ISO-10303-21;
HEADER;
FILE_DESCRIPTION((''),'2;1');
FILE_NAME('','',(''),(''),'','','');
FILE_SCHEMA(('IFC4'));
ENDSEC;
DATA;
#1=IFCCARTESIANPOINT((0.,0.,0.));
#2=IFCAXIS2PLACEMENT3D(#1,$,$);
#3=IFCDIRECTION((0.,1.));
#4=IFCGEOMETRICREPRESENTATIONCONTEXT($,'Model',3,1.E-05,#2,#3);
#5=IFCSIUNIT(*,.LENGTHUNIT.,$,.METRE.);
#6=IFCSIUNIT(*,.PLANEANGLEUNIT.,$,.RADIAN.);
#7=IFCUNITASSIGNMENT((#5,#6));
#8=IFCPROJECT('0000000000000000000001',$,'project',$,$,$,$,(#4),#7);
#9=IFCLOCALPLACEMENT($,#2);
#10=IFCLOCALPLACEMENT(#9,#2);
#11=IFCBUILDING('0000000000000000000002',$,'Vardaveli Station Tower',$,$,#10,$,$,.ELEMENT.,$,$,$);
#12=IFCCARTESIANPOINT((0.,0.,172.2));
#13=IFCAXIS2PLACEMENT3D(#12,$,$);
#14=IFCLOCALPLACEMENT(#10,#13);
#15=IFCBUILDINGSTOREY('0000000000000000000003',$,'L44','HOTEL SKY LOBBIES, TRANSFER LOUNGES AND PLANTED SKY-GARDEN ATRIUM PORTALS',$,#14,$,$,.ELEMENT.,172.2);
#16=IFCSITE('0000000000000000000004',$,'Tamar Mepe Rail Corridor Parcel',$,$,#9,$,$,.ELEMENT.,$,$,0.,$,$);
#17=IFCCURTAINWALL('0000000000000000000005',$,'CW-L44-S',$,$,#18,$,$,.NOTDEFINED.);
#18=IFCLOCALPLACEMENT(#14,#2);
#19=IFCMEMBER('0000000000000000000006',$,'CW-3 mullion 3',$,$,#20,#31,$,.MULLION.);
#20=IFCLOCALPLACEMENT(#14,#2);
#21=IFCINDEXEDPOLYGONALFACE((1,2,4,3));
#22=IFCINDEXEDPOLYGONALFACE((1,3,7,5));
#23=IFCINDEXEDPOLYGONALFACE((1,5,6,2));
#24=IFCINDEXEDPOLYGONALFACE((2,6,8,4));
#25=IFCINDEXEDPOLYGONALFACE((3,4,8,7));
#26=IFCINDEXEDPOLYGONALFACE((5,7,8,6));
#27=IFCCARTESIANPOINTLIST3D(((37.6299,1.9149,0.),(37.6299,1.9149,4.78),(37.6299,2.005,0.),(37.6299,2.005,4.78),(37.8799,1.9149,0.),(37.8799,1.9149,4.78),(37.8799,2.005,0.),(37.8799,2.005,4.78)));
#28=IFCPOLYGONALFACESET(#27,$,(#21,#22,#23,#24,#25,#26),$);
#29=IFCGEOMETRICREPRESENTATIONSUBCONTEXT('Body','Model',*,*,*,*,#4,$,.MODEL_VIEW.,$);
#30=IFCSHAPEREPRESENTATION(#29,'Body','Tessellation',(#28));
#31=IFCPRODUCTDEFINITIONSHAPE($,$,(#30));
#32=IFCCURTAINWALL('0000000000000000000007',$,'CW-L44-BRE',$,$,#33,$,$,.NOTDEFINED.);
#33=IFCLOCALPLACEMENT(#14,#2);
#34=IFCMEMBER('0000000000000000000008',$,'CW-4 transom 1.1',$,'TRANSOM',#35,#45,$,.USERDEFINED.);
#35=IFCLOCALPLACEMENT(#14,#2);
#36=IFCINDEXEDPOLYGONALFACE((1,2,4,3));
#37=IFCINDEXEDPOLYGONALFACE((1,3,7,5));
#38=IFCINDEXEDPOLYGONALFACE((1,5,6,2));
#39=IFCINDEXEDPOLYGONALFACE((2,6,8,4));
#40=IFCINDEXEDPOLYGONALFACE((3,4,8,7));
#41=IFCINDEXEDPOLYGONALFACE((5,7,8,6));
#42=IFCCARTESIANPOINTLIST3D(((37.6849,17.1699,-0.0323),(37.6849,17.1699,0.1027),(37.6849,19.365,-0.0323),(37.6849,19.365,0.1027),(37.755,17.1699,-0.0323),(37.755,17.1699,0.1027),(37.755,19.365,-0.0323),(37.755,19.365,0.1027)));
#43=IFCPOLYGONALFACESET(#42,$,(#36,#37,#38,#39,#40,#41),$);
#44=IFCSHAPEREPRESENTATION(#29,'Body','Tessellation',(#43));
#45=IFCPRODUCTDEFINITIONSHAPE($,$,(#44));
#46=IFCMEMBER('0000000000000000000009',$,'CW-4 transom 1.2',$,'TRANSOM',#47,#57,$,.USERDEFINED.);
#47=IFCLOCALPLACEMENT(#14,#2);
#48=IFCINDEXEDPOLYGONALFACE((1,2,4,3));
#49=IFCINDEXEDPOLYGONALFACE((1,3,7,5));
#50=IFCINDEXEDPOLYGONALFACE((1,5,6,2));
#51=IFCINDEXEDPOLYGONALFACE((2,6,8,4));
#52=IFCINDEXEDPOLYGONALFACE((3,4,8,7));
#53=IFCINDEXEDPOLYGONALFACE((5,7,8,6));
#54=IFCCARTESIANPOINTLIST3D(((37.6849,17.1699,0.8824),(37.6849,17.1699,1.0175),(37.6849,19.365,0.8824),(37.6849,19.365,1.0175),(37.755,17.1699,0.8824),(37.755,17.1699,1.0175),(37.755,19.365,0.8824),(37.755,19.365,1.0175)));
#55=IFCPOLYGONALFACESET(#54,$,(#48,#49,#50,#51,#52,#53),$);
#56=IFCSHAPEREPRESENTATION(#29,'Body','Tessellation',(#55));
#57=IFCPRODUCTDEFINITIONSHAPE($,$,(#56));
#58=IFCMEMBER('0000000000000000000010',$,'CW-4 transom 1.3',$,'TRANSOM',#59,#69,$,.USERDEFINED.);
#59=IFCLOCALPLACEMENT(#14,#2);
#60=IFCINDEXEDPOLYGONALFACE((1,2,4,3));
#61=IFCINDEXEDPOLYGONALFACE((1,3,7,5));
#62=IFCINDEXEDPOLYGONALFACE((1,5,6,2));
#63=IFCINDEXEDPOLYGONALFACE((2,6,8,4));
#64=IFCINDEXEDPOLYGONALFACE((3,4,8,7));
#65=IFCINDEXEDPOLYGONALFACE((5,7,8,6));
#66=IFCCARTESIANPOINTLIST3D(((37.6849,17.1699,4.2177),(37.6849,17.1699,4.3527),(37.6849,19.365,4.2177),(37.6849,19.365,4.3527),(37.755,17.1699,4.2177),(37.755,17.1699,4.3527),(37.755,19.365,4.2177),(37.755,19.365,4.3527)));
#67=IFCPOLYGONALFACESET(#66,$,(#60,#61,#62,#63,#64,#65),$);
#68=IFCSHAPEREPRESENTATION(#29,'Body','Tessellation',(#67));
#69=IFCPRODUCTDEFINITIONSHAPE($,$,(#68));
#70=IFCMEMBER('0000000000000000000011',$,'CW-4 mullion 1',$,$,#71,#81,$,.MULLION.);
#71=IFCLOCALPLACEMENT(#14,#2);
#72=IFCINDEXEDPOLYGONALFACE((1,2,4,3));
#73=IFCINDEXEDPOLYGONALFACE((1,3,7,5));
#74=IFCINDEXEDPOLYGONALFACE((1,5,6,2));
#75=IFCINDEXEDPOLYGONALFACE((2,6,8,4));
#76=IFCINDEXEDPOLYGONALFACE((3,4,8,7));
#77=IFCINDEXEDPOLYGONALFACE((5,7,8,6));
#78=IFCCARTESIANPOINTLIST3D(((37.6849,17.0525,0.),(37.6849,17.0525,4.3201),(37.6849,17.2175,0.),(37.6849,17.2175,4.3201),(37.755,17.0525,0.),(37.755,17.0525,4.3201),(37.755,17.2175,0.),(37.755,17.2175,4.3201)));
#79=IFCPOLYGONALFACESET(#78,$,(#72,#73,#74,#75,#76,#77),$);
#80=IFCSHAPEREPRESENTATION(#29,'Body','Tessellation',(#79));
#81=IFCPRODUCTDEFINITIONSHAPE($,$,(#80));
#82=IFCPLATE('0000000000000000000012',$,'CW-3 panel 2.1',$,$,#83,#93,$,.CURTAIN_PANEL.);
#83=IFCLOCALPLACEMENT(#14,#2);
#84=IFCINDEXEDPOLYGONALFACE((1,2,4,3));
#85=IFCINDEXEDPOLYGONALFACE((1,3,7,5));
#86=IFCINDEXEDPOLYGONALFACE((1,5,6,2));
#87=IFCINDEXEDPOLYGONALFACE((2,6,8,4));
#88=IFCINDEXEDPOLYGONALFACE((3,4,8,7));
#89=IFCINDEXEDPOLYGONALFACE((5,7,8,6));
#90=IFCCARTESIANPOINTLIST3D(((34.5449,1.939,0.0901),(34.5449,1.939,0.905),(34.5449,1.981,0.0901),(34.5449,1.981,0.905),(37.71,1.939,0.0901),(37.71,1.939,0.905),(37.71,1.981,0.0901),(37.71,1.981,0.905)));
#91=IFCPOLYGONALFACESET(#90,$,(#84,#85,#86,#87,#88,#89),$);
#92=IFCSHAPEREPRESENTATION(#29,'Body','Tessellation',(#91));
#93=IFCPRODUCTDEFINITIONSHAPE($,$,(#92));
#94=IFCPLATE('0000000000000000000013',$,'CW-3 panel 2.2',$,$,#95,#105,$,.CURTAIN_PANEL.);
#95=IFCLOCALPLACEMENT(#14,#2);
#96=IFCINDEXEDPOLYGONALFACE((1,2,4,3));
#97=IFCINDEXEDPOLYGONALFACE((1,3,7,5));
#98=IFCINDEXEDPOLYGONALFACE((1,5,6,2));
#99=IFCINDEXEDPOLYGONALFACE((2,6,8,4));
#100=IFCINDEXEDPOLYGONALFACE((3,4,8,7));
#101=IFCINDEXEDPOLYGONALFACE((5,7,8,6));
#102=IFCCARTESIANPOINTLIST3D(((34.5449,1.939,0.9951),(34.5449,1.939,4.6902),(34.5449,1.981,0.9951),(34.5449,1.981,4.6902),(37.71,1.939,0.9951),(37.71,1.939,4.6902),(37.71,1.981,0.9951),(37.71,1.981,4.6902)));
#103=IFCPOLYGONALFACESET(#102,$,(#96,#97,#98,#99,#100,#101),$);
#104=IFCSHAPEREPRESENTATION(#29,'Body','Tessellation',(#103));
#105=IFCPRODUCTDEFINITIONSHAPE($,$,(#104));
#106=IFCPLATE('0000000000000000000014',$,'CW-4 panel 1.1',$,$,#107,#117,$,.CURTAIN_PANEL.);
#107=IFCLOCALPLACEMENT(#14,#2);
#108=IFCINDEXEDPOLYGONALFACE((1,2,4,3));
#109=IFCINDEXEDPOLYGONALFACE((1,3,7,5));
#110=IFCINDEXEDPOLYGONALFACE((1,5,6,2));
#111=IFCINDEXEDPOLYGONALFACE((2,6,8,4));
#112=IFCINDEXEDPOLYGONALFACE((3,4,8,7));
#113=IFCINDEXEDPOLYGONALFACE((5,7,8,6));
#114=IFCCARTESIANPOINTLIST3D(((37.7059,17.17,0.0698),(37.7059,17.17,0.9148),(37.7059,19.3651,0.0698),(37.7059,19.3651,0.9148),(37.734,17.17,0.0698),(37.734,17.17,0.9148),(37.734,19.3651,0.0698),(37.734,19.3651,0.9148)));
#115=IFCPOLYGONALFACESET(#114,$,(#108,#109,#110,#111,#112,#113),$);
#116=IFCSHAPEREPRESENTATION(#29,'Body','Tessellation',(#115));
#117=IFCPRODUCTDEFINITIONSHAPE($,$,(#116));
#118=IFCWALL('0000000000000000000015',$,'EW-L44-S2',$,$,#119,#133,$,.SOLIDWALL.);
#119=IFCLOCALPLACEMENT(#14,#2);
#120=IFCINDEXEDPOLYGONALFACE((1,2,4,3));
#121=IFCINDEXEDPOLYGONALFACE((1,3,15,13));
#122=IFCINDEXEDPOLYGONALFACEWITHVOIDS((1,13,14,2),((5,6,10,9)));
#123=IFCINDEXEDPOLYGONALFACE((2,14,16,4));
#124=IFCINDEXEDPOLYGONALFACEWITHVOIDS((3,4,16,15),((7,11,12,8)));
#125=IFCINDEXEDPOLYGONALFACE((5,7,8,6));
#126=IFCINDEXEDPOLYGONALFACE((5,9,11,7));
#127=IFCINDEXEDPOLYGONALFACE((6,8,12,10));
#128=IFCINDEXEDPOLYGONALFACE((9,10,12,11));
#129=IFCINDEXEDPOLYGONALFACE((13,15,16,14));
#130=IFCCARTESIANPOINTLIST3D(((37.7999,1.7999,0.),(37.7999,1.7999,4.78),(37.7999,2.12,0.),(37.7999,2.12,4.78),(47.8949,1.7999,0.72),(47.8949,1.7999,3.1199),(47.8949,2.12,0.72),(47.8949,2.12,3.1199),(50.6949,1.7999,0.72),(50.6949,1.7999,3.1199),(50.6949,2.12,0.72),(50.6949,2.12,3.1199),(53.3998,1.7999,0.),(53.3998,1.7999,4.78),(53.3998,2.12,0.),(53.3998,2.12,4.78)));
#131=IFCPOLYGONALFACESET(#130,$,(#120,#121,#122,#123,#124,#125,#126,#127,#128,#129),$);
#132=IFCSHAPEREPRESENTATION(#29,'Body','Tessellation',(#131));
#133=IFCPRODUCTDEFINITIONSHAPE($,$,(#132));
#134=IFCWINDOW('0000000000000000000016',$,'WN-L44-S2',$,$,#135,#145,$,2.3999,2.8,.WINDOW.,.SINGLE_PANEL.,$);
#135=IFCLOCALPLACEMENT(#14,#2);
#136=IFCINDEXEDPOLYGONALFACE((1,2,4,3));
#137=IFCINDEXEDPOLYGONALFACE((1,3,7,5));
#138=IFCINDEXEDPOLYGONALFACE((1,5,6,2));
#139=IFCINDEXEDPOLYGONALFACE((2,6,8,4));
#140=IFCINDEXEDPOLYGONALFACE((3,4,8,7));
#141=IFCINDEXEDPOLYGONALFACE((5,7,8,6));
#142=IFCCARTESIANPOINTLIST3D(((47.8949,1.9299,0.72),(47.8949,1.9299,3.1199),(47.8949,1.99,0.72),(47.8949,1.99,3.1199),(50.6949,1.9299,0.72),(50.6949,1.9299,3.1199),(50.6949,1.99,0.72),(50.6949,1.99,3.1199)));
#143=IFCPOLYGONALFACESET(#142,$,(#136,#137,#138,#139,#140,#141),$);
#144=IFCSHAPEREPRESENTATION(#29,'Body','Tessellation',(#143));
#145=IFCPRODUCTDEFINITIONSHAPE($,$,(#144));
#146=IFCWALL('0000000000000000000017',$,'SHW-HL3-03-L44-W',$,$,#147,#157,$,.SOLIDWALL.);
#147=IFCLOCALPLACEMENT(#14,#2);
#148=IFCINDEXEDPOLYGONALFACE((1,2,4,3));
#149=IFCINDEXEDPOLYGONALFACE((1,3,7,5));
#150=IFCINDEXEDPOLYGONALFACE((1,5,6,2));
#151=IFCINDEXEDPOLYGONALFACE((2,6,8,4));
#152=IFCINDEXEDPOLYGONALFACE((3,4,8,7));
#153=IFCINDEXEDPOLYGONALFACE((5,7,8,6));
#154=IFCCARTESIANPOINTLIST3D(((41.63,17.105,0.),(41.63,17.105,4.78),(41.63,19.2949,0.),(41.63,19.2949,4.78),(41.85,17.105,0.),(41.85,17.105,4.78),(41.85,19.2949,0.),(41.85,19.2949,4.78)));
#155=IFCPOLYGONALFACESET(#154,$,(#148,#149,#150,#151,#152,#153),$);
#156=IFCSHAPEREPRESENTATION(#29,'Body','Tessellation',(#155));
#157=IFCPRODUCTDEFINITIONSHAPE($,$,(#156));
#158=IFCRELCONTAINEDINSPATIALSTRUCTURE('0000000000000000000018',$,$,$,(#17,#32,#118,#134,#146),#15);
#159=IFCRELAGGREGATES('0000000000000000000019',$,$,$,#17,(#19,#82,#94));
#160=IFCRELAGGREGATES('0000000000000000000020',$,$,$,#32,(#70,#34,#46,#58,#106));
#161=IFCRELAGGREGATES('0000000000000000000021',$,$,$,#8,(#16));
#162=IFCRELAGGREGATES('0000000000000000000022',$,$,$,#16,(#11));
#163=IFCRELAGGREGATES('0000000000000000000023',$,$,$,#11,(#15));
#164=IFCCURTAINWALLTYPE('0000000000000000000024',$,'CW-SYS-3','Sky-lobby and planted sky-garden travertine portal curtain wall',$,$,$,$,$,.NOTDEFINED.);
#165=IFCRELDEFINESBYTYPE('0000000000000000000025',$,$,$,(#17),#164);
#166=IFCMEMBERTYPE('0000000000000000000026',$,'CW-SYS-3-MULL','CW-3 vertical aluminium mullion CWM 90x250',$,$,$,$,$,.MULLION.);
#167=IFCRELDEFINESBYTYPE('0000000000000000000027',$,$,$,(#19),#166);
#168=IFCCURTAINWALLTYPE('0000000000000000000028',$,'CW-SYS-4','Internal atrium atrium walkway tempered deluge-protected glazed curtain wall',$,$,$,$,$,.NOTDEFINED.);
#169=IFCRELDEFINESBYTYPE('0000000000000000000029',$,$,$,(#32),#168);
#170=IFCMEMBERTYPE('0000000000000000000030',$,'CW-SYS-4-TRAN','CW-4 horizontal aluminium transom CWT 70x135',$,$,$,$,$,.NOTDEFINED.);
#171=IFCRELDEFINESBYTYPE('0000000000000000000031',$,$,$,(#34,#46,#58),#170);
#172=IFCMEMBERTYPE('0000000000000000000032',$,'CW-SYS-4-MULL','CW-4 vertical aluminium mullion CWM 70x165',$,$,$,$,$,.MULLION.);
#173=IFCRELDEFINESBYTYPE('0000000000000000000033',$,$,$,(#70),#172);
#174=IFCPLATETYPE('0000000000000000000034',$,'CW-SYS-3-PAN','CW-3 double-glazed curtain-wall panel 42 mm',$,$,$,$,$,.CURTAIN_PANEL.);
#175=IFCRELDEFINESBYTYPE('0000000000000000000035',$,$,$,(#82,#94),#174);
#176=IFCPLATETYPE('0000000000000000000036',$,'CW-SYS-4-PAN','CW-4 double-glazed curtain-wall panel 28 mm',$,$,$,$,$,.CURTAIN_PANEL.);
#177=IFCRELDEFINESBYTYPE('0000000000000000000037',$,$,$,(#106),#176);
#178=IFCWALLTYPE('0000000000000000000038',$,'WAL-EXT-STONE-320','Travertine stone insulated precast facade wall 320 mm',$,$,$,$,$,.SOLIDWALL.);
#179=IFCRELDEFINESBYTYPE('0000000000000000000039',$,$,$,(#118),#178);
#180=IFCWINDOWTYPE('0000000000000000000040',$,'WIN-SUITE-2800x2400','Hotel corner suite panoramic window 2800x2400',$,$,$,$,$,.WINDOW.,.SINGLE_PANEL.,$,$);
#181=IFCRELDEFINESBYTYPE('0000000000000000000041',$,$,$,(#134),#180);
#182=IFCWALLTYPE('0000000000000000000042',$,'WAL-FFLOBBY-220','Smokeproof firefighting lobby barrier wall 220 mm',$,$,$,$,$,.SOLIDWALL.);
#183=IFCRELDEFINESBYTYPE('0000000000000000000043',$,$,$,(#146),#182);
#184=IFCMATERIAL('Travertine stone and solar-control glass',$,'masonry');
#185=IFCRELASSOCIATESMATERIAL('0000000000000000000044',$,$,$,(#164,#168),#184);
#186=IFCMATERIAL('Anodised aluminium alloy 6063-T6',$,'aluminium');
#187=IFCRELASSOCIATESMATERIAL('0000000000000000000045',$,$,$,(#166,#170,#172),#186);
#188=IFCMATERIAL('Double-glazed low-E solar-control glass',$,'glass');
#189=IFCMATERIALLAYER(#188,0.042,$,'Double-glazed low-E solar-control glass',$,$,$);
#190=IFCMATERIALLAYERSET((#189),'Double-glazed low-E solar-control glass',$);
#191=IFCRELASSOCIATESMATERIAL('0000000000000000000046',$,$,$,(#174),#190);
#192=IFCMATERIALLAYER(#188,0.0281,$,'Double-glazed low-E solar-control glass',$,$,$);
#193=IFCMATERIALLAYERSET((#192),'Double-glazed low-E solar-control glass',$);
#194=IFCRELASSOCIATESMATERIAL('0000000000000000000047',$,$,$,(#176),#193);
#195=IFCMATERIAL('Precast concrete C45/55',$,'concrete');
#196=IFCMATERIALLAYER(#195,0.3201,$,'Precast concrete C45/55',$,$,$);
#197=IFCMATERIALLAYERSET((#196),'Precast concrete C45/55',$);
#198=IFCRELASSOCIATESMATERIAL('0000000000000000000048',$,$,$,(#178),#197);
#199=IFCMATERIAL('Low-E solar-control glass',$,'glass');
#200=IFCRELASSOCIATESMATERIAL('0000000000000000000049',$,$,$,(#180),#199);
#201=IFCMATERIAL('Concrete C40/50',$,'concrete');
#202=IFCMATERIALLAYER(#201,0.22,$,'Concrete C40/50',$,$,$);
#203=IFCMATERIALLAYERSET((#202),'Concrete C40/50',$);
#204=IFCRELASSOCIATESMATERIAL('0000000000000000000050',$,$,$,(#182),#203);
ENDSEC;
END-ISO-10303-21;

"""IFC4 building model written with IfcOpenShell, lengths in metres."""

from ifc_helpers import new_model, si_unit, direction, frame, frame_2d, origin, origin_2d, place, context, subcontext, project, spatial, rectangle, extrude, source, transform, mapped, material, layer, layer_set, material_profile, profile_set, type_object, element, fill, aggregate, save


model = new_model("IFC4")

# Units and contexts
model_context = context("Model", 3, precision=1e-05, world=origin(), true_north=direction((0.0, 1.0)))
body_context = subcontext(model_context, "Body", "Model", "MODEL_VIEW")
ifc_project = project(units=[si_unit("LENGTHUNIT", "METRE"), si_unit("PLANEANGLEUNIT", "RADIAN")], contexts=[model_context])

# Site, building, storey
site_placement = place(None, origin())
site = spatial("IfcSite", under=ifc_project, at=site_placement, Name="Tamar Mepe Rail Corridor Parcel", CompositionType="ELEMENT", RefElevation=0.0)
building_placement = place(site_placement, origin())
building = spatial("IfcBuilding", under=site, at=building_placement, Name="Vardaveli Station Tower", CompositionType="ELEMENT")
storey_placement = place(building_placement, frame((0.0, 0.0, 172.2)))
storey = spatial("IfcBuildingStorey", under=building, at=storey_placement, Name="L44", Description="HOTEL SKY LOBBIES, TRANSFER LOUNGES AND PLANTED SKY-GARDEN ATRIUM PORTALS", CompositionType="ELEMENT", Elevation=172.2)

# Curtain wall, member
ifc_material_1 = material(Name="Travertine stone and solar-control glass", Category="masonry")
curtain_wall_type_1 = type_object("IfcCurtainWallType", Name="CW-SYS-3", Description="Sky-lobby and planted sky-garden travertine portal curtain wall", PredefinedType="NOTDEFINED", material=ifc_material_1)
curtain_wall_1_placement = place(storey_placement, origin())
curtain_wall_1 = element("IfcCurtainWall", 1, at=curtain_wall_1_placement, inside=storey, type_object=curtain_wall_type_1, Name="CW-L44-S", PredefinedType="NOTDEFINED")
ifc_material_2 = material(Name="Anodised aluminium alloy 6063-T6", Category="aluminium")
ifc_material_profile_1 = material_profile(ifc_material_2, rectangle(XDim=0.0901, YDim=0.25, at=origin_2d()), Name="CWM 90x250")
ifc_profile_set_1 = profile_set([ifc_material_profile_1], Name="Anodised aluminium alloy 6063-T6")
member_type_1 = type_object("IfcMemberType", Name="CW-SYS-3-MULL", Description="CW-3 vertical aluminium mullion CWM 90x250", PredefinedType="MULLION", material=ifc_profile_set_1)
shared_shape_1 = source(origin(), body_context, "Body", "SweptSolid", [
    extrude(rectangle(XDim=0.0901, YDim=0.25, at=origin_2d()), origin(), (0.0, 0.0, 1.0), 4.78),
])
member_1_placement = place(storey_placement, frame((37.7549, 1.96, 0.0), z_axis=(0.0, 0.0, 1.0), x_axis=(0.0, 1.0, 0.0)))
member_1 = element("IfcMember", 2, at=member_1_placement, type_object=member_type_1, Name="CW-3 mullion 3", PredefinedType="MULLION", context=body_context, shape_type="MappedRepresentation", body=[
    mapped(shared_shape_1, transform((0.0, 0.0, 0.0), scale=1.0)),
])

# Curtain wall, members
curtain_wall_type_2 = type_object("IfcCurtainWallType", Name="CW-SYS-4", Description="Internal atrium atrium walkway tempered deluge-protected glazed curtain wall", PredefinedType="NOTDEFINED", material=ifc_material_1)
curtain_wall_2_placement = place(storey_placement, origin())
curtain_wall_2 = element("IfcCurtainWall", 3, at=curtain_wall_2_placement, inside=storey, type_object=curtain_wall_type_2, Name="CW-L44-BRE", PredefinedType="NOTDEFINED")
ifc_material_profile_2 = material_profile(ifc_material_2, rectangle(XDim=0.0701, YDim=0.135, at=origin_2d()), Name="CWT 70x135")
ifc_profile_set_2 = profile_set([ifc_material_profile_2], Name="Anodised aluminium alloy 6063-T6")
member_type_2 = type_object("IfcMemberType", Name="CW-SYS-4-TRAN", Description="CW-4 horizontal aluminium transom CWT 70x135", PredefinedType="NOTDEFINED", material=ifc_profile_set_2)
shared_shape_2 = source(origin(), body_context, "Body", "SweptSolid", [
    extrude(rectangle(XDim=0.0701, YDim=0.135, at=origin_2d()), origin(), (0.0, 0.0, 1.0), 2.1951),
])
member_2_placement = place(storey_placement, frame((37.72, 17.1699, 0.0352), z_axis=(0.0, 1.0, 0.0), x_axis=(-1.0, 0.0, 0.0)))
member_2 = element("IfcMember", 4, at=member_2_placement, type_object=member_type_2, Name="CW-4 transom 1.1", ObjectType="TRANSOM", PredefinedType="USERDEFINED", context=body_context, shape_type="MappedRepresentation", body=[
    mapped(shared_shape_2, transform((0.0, 0.0, 0.0), scale=1.0)),
])
member_3_placement = place(storey_placement, frame((37.72, 17.1699, 0.95), z_axis=(0.0, 1.0, 0.0), x_axis=(-1.0, 0.0, 0.0)))
member_3 = element("IfcMember", 5, at=member_3_placement, type_object=member_type_2, Name="CW-4 transom 1.2", ObjectType="TRANSOM", PredefinedType="USERDEFINED", context=body_context, shape_type="MappedRepresentation", body=[
    mapped(shared_shape_2, transform((0.0, 0.0, 0.0), scale=1.0)),
])
member_4_placement = place(storey_placement, frame((37.72, 17.1699, 4.2852), z_axis=(0.0, 1.0, 0.0), x_axis=(-1.0, 0.0, 0.0)))
member_4 = element("IfcMember", 6, at=member_4_placement, type_object=member_type_2, Name="CW-4 transom 1.3", ObjectType="TRANSOM", PredefinedType="USERDEFINED", context=body_context, shape_type="MappedRepresentation", body=[
    mapped(shared_shape_2, transform((0.0, 0.0, 0.0), scale=1.0)),
])
ifc_material_profile_3 = material_profile(ifc_material_2, rectangle(XDim=0.0701, YDim=0.165, at=origin_2d()), Name="CWM 70x165")
ifc_profile_set_3 = profile_set([ifc_material_profile_3], Name="Anodised aluminium alloy 6063-T6")
member_type_3 = type_object("IfcMemberType", Name="CW-SYS-4-MULL", Description="CW-4 vertical aluminium mullion CWM 70x165", PredefinedType="MULLION", material=ifc_profile_set_3)
shared_shape_3 = source(origin(), body_context, "Body", "SweptSolid", [
    extrude(rectangle(XDim=0.0701, YDim=0.165, at=origin_2d()), origin(), (0.0, 0.0, 1.0), 4.3201),
])
member_5_placement = place(storey_placement, frame((37.72, 17.135, 0.0), z_axis=(0.0, 0.0, 1.0), x_axis=(-1.0, 0.0, 0.0)))
member_5 = element("IfcMember", 7, at=member_5_placement, type_object=member_type_3, Name="CW-4 mullion 1", PredefinedType="MULLION", context=body_context, shape_type="MappedRepresentation", body=[
    mapped(shared_shape_3, transform((0.0, 0.0, 0.0), scale=1.0)),
])

# Plates
ifc_material_3 = material(Name="Double-glazed low-E solar-control glass", Category="glass")
ifc_layer_1 = layer(ifc_material_3, 0.042, Name="Double-glazed low-E solar-control glass")
ifc_layer_set_1 = layer_set([ifc_layer_1], Name="Double-glazed low-E solar-control glass")
plate_type_1 = type_object("IfcPlateType", Name="CW-SYS-3-PAN", Description="CW-3 double-glazed curtain-wall panel 42 mm", PredefinedType="CURTAIN_PANEL", material=ifc_layer_set_1)
shared_shape_4 = source(origin(), body_context, "Body", "SweptSolid", [
    extrude(rectangle(XDim=3.165, YDim=0.042, at=origin_2d()), origin(), (0.0, 0.0, 1.0), 0.8149),
])
plate_1_placement = place(storey_placement, frame((36.1274, 1.96, 0.0901), z_axis=(0.0, 0.0, 1.0), x_axis=(1.0, 0.0, 0.0)))
plate_1 = element("IfcPlate", 8, at=plate_1_placement, type_object=plate_type_1, Name="CW-3 panel 2.1", PredefinedType="CURTAIN_PANEL", context=body_context, shape_type="MappedRepresentation", body=[
    mapped(shared_shape_4, transform((0.0, 0.0, 0.0), scale=1.0)),
])
shared_shape_5 = source(origin(), body_context, "Body", "SweptSolid", [
    extrude(rectangle(XDim=3.165, YDim=0.042, at=origin_2d()), origin(), (0.0, 0.0, 1.0), 3.6951),
])
plate_2_placement = place(storey_placement, frame((36.1274, 1.96, 0.9951), z_axis=(0.0, 0.0, 1.0), x_axis=(1.0, 0.0, 0.0)))
plate_2 = element("IfcPlate", 9, at=plate_2_placement, type_object=plate_type_1, Name="CW-3 panel 2.2", PredefinedType="CURTAIN_PANEL", context=body_context, shape_type="MappedRepresentation", body=[
    mapped(shared_shape_5, transform((0.0, 0.0, 0.0), scale=1.0)),
])
aggregate(curtain_wall_1, [member_1, plate_1, plate_2])
ifc_layer_2 = layer(ifc_material_3, 0.0281, Name="Double-glazed low-E solar-control glass")
ifc_layer_set_2 = layer_set([ifc_layer_2], Name="Double-glazed low-E solar-control glass")
plate_type_2 = type_object("IfcPlateType", Name="CW-SYS-4-PAN", Description="CW-4 double-glazed curtain-wall panel 28 mm", PredefinedType="CURTAIN_PANEL", material=ifc_layer_set_2)
shared_shape_6 = source(origin(), body_context, "Body", "SweptSolid", [
    extrude(rectangle(XDim=2.1951, YDim=0.0281, at=origin_2d()), origin(), (0.0, 0.0, 1.0), 0.845),
])
plate_3_placement = place(storey_placement, frame((37.72, 18.2676, 0.0698), z_axis=(0.0, 0.0, 1.0), x_axis=(0.0, 1.0, 0.0)))
plate_3 = element("IfcPlate", 10, at=plate_3_placement, type_object=plate_type_2, Name="CW-4 panel 1.1", PredefinedType="CURTAIN_PANEL", context=body_context, shape_type="MappedRepresentation", body=[
    mapped(shared_shape_6, transform((0.0, 0.0, 0.0), scale=1.0)),
])
aggregate(curtain_wall_2, [member_5, member_2, member_3, member_4, plate_3])

# Wall, opening, window
ifc_material_4 = material(Name="Precast concrete C45/55", Category="concrete")
ifc_layer_3 = layer(ifc_material_4, 0.3201, Name="Precast concrete C45/55")
ifc_layer_set_3 = layer_set([ifc_layer_3], Name="Precast concrete C45/55")
wall_type_1 = type_object("IfcWallType", Name="WAL-EXT-STONE-320", Description="Travertine stone insulated precast facade wall 320 mm", PredefinedType="SOLIDWALL", material=ifc_layer_set_3)
shared_shape_7 = source(origin(), body_context, "Body", "SweptSolid", [
    extrude(rectangle(XDim=15.5999, YDim=0.3201, at=frame_2d((7.7998, 0.0))), origin(), (0.0, 0.0, 1.0), 4.78),
])
wall_1_placement = place(storey_placement, frame((37.8, 1.96, 0.0), z_axis=(0.0, 0.0, 1.0), x_axis=(1.0, 0.0, 0.0)))
wall_1 = element("IfcWall", 11, at=wall_1_placement, inside=storey, type_object=wall_type_1, Name="EW-L44-S2", PredefinedType="SOLIDWALL", context=body_context, shape_type="MappedRepresentation", body=[
    mapped(shared_shape_7, transform((0.0, 0.0, 0.0), scale=1.0)),
])
shared_shape_8 = source(origin(), body_context, "Body", "SweptSolid", [
    extrude(rectangle(XDim=2.8, YDim=2.3999, at=frame_2d((1.3999, 1.2))), frame((0.0, 0.1699, 0.0), z_axis=(0.0, -1.0, 0.0), x_axis=(1.0, 0.0, 0.0)), (0.0, 0.0, 1.0), 0.3401),
])
opening_placement = place(wall_1_placement, frame((10.095, 0.0, 0.72)))
opening = element("IfcOpeningElement", 12, at=opening_placement, cuts=wall_1, PredefinedType="OPENING", context=body_context, shape_type="MappedRepresentation", body=[
    mapped(shared_shape_8, transform((0.0, 0.0, 0.0), scale=1.0)),
])
ifc_material_5 = material(Name="Low-E solar-control glass", Category="glass")
window_type = type_object("IfcWindowType", Name="WIN-SUITE-2800x2400", Description="Hotel corner suite panoramic window 2800x2400", PartitioningType="SINGLE_PANEL", PredefinedType="WINDOW", material=ifc_material_5)
shared_shape_9 = source(origin(), body_context, "Body", "SweptSolid", [
    extrude(rectangle(XDim=2.8, YDim=2.3999, at=frame_2d((1.3999, 1.2))), frame((0.0, 0.03, 0.0), z_axis=(0.0, -1.0, 0.0), x_axis=(1.0, 0.0, 0.0)), (0.0, 0.0, 1.0), 0.0601),
])
window_placement = place(opening_placement, origin())
window = element("IfcWindow", 13, at=window_placement, inside=storey, type_object=window_type, Name="WN-L44-S2", OverallHeight=2.3999, OverallWidth=2.8, PartitioningType="SINGLE_PANEL", PredefinedType="WINDOW", context=body_context, shape_type="MappedRepresentation", body=[
    mapped(shared_shape_9, transform((0.0, 0.0, 0.0), scale=1.0)),
])
fill(opening, window)

# Wall
ifc_material_6 = material(Name="Concrete C40/50", Category="concrete")
ifc_layer_4 = layer(ifc_material_6, 0.22, Name="Concrete C40/50")
ifc_layer_set_4 = layer_set([ifc_layer_4], Name="Concrete C40/50")
wall_type_2 = type_object("IfcWallType", Name="WAL-FFLOBBY-220", Description="Smokeproof firefighting lobby barrier wall 220 mm", PredefinedType="SOLIDWALL", material=ifc_layer_set_4)
shared_shape_10 = source(origin(), body_context, "Body", "SweptSolid", [
    extrude(rectangle(XDim=2.1899, YDim=0.22, at=frame_2d((1.095, 0.0))), origin(), (0.0, 0.0, 1.0), 4.78),
])
wall_2_placement = place(storey_placement, frame((41.74, 17.105, 0.0), z_axis=(0.0, 0.0, 1.0), x_axis=(0.0, 1.0, 0.0)))
element("IfcWall", 14, at=wall_2_placement, inside=storey, type_object=wall_type_2, Name="SHW-HL3-03-L44-W", PredefinedType="SOLIDWALL", context=body_context, shape_type="MappedRepresentation", body=[
    mapped(shared_shape_10, transform((0.0, 0.0, 0.0), scale=1.0)),
])

save(model, "model.ifc")
